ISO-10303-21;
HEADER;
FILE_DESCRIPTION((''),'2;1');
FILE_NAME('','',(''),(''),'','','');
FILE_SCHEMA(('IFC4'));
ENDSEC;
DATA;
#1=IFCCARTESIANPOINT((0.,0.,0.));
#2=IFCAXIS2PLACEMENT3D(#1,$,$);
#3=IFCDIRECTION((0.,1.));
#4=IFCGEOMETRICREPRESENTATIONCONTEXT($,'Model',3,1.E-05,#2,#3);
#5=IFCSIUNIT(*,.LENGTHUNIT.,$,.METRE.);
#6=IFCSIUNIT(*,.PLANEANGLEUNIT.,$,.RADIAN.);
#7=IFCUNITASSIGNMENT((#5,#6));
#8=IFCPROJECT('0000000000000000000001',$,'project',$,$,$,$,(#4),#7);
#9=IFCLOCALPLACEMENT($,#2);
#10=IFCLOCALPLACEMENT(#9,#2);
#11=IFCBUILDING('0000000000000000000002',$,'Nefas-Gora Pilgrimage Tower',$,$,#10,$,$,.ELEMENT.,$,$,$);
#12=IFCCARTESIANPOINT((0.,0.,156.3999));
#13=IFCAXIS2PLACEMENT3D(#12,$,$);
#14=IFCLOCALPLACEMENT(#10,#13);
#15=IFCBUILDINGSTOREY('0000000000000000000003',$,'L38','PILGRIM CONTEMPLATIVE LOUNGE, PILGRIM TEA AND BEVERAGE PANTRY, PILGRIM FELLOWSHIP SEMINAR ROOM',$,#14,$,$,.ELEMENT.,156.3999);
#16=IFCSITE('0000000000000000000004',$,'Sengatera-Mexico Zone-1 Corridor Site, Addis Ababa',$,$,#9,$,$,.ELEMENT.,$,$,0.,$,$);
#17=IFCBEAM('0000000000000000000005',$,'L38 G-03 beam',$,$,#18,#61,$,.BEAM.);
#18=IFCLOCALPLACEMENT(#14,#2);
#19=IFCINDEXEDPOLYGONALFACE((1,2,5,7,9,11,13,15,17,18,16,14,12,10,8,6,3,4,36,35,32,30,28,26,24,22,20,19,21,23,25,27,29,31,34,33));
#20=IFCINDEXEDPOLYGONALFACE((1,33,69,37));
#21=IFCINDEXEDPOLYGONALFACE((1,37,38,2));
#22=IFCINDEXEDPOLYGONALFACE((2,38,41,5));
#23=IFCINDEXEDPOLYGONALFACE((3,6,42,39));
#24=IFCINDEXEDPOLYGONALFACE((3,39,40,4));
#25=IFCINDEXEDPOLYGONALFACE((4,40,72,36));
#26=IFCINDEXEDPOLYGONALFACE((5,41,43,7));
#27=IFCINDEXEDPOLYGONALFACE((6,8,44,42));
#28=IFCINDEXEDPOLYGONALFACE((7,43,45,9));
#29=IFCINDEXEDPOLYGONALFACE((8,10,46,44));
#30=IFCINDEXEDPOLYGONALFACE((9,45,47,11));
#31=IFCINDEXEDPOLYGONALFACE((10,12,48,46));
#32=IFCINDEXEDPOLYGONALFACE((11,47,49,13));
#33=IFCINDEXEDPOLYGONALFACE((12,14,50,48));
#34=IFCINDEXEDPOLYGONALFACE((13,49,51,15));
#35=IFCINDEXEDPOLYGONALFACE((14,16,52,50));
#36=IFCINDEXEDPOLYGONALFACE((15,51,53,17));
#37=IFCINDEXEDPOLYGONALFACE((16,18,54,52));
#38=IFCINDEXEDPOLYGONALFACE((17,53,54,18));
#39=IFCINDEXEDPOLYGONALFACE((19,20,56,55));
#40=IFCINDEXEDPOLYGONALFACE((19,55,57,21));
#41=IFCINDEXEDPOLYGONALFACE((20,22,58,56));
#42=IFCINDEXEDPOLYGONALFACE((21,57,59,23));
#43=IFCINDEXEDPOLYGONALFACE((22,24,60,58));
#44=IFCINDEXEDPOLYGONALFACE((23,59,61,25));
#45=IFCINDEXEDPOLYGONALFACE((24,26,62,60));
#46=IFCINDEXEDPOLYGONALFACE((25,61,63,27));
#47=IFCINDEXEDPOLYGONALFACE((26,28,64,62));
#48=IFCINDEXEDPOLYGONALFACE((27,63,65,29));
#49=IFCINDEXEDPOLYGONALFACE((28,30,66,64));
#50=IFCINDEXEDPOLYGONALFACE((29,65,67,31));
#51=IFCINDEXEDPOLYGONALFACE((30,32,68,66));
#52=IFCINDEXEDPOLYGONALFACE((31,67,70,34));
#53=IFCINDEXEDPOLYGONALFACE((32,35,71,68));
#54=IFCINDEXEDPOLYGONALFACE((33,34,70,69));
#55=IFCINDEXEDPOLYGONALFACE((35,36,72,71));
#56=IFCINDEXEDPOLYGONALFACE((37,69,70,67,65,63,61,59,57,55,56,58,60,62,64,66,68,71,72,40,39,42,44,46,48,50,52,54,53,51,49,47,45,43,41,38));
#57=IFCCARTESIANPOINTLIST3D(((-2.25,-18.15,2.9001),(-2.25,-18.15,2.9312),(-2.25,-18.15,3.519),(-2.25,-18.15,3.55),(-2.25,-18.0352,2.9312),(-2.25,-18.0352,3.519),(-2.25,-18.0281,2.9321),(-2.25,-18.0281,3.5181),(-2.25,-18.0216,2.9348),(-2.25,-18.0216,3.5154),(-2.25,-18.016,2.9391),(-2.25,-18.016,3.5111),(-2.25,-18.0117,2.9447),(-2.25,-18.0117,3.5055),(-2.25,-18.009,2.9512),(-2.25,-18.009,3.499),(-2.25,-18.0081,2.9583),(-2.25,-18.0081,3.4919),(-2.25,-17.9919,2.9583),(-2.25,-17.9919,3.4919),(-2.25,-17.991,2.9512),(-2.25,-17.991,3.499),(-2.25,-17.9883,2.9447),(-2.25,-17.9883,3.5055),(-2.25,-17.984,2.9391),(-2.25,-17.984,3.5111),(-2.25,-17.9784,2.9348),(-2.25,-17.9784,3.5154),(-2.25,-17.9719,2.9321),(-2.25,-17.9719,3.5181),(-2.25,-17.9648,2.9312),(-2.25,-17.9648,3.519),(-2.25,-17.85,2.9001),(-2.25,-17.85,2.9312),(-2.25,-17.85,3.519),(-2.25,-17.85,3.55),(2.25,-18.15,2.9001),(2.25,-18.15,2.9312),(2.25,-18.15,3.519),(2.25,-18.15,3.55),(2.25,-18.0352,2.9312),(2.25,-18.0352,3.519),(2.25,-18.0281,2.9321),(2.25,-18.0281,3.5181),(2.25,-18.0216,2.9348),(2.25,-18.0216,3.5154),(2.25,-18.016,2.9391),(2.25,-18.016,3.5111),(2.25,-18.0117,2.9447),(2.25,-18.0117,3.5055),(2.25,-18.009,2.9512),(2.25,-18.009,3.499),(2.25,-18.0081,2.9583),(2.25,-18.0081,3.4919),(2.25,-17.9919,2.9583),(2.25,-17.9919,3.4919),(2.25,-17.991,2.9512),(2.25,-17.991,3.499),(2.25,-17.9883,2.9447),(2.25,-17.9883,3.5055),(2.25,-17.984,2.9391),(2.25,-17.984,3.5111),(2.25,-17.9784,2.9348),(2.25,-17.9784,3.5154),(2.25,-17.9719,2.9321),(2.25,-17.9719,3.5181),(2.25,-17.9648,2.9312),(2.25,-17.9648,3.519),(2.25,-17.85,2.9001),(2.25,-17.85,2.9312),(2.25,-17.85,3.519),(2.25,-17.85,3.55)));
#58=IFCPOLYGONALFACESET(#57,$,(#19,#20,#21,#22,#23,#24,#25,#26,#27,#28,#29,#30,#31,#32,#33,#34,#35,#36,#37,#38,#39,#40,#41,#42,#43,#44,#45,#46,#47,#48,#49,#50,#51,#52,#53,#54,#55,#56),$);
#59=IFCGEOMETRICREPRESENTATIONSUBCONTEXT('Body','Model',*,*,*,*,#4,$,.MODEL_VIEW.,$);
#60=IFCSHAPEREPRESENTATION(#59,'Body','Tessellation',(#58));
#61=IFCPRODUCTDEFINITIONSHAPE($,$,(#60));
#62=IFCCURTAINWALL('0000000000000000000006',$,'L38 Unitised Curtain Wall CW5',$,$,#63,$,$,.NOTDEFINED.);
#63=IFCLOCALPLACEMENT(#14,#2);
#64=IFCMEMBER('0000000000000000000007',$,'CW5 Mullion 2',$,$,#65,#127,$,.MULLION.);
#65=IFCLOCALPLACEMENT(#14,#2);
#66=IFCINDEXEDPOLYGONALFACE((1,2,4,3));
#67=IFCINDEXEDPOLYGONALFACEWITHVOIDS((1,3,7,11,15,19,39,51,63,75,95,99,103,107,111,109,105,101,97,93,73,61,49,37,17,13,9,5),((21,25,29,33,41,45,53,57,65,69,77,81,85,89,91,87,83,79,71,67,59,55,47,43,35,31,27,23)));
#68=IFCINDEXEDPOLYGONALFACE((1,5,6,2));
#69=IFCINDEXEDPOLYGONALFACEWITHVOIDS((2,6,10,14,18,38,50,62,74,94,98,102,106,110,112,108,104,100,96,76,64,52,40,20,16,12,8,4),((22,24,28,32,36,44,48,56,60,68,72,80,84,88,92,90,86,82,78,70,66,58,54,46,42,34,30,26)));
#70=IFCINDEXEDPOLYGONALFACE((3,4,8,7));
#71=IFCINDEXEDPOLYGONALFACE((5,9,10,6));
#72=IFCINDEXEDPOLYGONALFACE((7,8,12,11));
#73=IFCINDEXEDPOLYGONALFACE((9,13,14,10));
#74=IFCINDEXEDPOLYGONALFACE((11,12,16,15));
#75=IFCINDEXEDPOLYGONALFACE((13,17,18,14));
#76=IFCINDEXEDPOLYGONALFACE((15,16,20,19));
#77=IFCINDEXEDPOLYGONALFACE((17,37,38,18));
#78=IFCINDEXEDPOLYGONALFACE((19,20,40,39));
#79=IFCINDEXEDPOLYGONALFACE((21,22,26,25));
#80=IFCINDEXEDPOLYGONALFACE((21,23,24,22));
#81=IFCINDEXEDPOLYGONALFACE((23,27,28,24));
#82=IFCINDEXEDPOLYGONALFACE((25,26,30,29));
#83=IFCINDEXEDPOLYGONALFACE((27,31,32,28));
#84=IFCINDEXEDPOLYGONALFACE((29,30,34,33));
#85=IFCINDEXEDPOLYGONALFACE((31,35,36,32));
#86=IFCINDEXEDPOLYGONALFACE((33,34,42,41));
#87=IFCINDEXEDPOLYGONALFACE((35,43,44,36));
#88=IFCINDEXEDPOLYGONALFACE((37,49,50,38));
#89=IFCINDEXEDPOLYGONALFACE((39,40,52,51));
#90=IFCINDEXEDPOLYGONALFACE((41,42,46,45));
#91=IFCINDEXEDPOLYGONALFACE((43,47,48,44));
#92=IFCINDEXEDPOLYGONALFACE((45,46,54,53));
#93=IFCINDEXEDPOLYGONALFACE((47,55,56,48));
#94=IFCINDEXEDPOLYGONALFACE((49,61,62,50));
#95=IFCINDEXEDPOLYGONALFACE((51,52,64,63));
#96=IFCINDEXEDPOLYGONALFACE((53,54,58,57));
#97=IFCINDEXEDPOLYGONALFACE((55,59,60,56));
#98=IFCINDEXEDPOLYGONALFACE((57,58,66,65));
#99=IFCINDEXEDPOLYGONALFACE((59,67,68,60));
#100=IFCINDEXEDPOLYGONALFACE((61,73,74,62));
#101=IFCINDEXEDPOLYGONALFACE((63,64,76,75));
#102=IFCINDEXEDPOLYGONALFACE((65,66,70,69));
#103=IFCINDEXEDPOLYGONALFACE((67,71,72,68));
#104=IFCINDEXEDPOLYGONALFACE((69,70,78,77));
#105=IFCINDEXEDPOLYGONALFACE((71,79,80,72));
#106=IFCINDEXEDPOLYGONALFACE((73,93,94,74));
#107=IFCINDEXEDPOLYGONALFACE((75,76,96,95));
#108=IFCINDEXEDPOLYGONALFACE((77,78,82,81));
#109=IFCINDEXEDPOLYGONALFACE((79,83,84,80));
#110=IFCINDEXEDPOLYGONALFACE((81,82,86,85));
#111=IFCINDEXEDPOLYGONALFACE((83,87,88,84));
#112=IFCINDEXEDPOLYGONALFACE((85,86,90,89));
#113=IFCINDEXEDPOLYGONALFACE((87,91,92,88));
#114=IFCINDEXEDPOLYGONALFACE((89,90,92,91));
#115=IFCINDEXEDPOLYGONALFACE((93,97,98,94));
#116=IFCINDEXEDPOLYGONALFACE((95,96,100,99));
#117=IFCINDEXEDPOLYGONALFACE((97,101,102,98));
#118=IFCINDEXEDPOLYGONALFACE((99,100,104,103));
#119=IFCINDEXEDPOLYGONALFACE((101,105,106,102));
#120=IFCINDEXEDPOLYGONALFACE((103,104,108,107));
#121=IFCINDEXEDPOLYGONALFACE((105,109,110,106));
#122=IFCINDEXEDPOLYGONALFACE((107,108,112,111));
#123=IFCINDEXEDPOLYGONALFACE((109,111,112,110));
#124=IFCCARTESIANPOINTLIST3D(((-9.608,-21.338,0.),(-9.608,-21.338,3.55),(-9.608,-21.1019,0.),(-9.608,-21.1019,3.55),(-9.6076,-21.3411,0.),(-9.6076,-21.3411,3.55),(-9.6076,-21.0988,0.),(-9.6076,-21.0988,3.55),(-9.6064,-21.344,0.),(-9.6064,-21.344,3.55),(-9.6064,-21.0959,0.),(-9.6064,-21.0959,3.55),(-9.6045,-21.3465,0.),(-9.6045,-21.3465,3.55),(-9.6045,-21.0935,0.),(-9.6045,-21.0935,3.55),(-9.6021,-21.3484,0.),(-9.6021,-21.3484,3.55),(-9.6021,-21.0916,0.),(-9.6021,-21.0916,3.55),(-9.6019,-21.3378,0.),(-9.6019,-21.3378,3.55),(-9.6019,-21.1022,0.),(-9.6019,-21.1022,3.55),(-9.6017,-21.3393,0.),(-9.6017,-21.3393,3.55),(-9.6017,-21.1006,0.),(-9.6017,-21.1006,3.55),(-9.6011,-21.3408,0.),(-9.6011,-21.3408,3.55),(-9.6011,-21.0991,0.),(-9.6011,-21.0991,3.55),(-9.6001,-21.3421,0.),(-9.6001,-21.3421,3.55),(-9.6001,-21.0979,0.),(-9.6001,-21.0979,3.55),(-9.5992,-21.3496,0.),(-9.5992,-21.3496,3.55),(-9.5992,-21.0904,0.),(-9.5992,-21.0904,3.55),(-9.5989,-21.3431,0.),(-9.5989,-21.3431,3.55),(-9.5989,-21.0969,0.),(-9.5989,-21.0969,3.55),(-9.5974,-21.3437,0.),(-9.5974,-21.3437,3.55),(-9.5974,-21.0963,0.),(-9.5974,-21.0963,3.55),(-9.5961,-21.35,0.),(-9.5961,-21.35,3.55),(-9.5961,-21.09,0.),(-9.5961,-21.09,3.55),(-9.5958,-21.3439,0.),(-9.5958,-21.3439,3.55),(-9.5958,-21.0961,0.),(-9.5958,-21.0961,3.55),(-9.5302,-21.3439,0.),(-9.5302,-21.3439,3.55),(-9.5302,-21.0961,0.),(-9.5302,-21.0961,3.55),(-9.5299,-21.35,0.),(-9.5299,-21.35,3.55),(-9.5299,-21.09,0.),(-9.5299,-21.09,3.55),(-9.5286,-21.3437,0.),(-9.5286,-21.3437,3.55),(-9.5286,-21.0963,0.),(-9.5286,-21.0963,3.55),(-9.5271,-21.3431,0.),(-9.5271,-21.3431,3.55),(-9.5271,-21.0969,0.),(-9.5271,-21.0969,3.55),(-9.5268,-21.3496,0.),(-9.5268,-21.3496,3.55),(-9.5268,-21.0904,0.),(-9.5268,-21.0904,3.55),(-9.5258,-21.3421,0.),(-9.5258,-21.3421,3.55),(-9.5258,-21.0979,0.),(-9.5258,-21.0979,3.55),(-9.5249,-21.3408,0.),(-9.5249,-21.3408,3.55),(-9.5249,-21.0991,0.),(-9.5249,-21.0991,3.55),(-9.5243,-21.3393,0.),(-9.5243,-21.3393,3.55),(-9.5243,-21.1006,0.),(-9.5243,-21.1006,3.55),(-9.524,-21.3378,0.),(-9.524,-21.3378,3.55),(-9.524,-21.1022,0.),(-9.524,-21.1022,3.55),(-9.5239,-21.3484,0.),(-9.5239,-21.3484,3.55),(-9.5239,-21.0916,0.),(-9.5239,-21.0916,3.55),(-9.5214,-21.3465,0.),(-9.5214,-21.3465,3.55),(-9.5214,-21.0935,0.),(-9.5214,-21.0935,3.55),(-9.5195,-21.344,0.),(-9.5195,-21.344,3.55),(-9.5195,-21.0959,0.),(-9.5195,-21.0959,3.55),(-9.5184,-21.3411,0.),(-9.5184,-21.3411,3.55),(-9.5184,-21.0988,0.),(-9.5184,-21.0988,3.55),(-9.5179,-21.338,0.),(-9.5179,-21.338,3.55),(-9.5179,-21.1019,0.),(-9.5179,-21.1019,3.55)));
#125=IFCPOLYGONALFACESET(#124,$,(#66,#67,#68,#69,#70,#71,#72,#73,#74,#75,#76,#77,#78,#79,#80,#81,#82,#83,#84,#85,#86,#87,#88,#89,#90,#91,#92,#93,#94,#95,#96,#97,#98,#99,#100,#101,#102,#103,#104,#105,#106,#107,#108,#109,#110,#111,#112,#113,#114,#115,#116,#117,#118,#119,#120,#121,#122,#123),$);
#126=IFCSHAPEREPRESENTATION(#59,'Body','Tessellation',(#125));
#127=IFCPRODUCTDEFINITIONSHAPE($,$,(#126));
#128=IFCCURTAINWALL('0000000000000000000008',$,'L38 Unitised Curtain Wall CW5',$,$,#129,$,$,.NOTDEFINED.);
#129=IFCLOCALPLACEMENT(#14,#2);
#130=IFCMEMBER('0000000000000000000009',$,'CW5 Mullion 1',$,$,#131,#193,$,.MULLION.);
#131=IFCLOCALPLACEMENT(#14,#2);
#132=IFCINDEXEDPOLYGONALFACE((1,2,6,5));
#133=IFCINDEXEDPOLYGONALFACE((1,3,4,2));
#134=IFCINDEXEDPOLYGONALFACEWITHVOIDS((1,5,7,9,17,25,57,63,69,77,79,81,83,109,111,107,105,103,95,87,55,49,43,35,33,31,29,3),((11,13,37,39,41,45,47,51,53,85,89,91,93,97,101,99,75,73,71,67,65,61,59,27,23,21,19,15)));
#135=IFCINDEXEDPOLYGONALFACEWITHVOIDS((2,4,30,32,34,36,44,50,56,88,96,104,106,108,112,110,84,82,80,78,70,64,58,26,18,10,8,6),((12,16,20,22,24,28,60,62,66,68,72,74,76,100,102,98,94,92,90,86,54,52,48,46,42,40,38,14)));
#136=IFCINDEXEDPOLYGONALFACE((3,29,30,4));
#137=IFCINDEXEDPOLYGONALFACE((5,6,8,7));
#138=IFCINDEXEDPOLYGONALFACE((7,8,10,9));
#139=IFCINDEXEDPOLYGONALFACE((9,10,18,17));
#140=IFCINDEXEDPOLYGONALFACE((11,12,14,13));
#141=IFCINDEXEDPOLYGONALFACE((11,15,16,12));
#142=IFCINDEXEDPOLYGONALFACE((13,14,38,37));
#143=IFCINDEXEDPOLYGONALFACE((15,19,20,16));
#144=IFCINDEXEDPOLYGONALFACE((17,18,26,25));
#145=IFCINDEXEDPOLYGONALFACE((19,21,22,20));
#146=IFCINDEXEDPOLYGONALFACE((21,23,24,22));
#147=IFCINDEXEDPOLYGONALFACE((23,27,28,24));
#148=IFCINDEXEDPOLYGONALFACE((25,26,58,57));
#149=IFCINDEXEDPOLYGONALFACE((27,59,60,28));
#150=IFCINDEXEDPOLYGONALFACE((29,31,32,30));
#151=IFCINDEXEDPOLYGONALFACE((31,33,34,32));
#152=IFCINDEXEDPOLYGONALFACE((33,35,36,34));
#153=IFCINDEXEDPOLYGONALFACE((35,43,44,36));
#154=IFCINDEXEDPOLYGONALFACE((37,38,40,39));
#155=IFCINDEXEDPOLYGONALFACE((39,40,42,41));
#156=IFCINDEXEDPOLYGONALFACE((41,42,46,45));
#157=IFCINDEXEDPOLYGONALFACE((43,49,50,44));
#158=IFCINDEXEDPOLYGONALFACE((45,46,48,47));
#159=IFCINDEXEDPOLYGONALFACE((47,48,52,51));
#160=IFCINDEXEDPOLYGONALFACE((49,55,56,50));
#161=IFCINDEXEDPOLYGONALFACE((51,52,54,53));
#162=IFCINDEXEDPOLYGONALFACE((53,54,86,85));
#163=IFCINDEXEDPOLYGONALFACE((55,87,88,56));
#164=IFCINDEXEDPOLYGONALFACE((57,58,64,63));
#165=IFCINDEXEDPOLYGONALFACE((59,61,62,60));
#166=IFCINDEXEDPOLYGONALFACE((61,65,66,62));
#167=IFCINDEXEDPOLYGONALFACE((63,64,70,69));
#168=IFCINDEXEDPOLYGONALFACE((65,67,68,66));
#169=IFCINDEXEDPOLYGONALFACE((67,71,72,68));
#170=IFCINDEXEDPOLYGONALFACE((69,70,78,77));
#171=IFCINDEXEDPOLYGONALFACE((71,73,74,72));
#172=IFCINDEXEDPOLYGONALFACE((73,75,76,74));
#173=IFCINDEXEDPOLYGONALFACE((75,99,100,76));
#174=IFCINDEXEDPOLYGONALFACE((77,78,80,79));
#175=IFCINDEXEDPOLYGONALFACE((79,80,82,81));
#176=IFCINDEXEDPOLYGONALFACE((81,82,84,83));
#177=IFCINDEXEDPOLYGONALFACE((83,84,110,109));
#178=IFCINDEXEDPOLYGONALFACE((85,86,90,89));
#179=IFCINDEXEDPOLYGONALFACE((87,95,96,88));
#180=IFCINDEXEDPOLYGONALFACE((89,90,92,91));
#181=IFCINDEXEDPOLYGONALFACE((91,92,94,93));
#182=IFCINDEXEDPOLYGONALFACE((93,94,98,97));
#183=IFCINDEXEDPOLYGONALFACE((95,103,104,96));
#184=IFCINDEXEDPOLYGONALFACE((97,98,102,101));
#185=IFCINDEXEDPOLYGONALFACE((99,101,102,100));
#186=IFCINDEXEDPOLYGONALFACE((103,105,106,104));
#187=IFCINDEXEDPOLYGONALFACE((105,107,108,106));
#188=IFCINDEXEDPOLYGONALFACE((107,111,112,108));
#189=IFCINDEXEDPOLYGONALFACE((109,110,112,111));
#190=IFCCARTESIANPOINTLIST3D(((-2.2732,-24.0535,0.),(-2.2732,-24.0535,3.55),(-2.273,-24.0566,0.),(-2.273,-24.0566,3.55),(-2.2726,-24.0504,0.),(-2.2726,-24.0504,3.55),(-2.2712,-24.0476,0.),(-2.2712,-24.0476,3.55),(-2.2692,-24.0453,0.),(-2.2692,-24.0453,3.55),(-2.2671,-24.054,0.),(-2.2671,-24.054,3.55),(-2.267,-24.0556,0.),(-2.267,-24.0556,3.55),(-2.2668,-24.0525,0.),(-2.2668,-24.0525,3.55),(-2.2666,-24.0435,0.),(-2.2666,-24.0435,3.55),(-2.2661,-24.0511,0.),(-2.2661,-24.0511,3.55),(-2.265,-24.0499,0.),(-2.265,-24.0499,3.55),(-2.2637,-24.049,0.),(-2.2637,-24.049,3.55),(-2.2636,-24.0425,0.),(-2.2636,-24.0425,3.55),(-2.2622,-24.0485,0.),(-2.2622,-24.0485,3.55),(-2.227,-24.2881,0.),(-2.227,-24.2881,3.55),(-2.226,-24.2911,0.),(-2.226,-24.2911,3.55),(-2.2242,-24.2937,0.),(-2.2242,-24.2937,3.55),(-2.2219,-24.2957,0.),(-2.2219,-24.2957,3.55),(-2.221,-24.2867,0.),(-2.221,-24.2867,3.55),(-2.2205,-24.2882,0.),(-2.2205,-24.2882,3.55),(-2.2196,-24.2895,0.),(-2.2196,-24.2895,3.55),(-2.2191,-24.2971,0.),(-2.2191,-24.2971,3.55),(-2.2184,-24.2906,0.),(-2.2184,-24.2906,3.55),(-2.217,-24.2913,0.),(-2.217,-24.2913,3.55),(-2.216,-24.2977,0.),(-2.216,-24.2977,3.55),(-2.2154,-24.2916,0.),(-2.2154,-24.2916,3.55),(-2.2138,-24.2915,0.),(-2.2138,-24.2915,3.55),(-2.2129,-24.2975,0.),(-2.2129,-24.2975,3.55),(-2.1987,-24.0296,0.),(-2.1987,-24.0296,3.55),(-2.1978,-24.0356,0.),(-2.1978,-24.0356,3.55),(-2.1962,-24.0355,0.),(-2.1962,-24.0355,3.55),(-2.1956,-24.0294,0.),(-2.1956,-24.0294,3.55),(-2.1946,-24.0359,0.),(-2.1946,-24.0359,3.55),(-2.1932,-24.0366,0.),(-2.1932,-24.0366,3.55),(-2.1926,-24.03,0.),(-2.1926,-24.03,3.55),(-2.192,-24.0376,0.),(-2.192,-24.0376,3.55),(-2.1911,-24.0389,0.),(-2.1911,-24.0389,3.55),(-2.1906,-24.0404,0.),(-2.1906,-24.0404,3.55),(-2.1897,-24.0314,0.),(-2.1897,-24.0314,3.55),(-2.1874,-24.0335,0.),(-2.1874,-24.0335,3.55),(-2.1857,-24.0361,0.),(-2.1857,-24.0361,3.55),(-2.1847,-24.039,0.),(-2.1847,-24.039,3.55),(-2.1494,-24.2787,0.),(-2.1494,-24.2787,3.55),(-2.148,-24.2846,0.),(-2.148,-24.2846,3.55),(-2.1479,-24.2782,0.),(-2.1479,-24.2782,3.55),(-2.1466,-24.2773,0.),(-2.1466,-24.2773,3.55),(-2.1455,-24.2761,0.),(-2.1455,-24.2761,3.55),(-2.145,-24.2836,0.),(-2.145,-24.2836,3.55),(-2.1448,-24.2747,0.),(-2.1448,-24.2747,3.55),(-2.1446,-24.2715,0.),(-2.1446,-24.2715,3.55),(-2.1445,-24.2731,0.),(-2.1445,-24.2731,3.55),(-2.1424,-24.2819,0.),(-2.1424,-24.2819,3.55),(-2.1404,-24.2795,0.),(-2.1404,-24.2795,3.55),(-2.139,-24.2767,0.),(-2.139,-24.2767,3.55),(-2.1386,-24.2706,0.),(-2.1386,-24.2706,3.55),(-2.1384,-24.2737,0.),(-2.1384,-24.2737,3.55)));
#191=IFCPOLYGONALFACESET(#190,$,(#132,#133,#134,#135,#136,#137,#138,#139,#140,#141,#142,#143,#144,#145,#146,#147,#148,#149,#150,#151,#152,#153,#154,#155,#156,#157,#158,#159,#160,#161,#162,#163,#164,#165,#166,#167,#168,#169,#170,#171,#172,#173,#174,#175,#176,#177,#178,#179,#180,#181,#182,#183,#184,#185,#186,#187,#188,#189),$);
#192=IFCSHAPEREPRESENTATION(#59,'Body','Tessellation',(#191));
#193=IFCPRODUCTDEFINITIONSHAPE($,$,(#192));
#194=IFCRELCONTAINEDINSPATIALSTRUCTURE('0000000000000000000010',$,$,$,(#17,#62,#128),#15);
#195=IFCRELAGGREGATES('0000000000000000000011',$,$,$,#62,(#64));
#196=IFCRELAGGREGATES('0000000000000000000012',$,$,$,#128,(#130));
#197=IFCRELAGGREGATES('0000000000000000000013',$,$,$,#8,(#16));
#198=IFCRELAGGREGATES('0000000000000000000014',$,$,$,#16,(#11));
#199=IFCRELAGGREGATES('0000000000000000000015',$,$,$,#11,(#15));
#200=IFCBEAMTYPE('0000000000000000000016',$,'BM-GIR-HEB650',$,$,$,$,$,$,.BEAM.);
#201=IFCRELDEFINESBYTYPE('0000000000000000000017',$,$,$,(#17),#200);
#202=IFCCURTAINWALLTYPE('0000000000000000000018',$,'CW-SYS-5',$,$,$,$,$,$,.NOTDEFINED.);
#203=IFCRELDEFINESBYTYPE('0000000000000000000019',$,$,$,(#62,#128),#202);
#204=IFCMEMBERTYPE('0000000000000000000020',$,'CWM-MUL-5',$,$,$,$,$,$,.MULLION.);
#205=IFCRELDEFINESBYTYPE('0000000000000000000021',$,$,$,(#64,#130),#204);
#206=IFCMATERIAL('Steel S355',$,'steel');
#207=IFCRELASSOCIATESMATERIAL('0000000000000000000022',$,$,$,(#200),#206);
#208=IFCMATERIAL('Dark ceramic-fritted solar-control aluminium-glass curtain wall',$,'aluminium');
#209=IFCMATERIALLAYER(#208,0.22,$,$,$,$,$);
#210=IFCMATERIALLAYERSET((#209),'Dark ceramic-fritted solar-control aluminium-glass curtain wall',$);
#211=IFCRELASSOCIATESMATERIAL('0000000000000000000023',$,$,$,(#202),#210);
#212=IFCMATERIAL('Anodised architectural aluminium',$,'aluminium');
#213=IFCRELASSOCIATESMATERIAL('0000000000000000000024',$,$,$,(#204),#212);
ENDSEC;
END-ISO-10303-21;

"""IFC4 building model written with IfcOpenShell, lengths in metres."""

from ifc_helpers import new_model, si_unit, direction, frame, origin, origin_2d, place, context, subcontext, project, spatial, hollow_rectangle, i_section, extrude, source, transform, mapped, material, layer, layer_set, material_profile, profile_set, type_object, element, aggregate, save


model = new_model("IFC4")

# Units and contexts
model_context = context("Model", 3, precision=1e-05, world=origin(), true_north=direction((0.0, 1.0)))
body_context = subcontext(model_context, "Body", "Model", "MODEL_VIEW")
ifc_project = project(units=[si_unit("LENGTHUNIT", "METRE"), si_unit("PLANEANGLEUNIT", "RADIAN")], contexts=[model_context])

# Site, building, storey
site_placement = place(None, origin())
site = spatial("IfcSite", under=ifc_project, at=site_placement, Name="Sengatera-Mexico Zone-1 Corridor Site, Addis Ababa", CompositionType="ELEMENT", RefElevation=0.0)
building_placement = place(site_placement, origin())
building = spatial("IfcBuilding", under=site, at=building_placement, Name="Nefas-Gora Pilgrimage Tower", CompositionType="ELEMENT")
storey_placement = place(building_placement, frame((0.0, 0.0, 156.3999)))
storey = spatial("IfcBuildingStorey", under=building, at=storey_placement, Name="L38", Description="PILGRIM CONTEMPLATIVE LOUNGE, PILGRIM TEA AND BEVERAGE PANTRY, PILGRIM FELLOWSHIP SEMINAR ROOM", CompositionType="ELEMENT", Elevation=156.3999)

# Beam
ifc_material_1 = material(Name="Steel S355", Category="steel")
ifc_material_profile_1 = material_profile(ifc_material_1, i_section(OverallWidth=0.3, OverallDepth=0.6499, WebThickness=0.0161, FlangeThickness=0.031, FilletRadius=0.0271, at=origin_2d()), Name="HEB 650")
ifc_profile_set_1 = profile_set([ifc_material_profile_1], Name="Steel S355")
beam_type = type_object("IfcBeamType", Name="BM-GIR-HEB650", PredefinedType="BEAM", material=ifc_profile_set_1)
shared_shape_1 = source(origin(), body_context, "Body", "SweptSolid", [
    extrude(i_section(OverallWidth=0.3, OverallDepth=0.6499, WebThickness=0.0161, FlangeThickness=0.031, FilletRadius=0.0271, at=origin_2d()), origin(), (0.0, 0.0, 1.0), 4.5),
])
for number, where, z_axis, x_axis, name in (
    (1, (-2.25, -18.0, 3.2251), (1.0, 0.0, 0.0), (0.0, 1.0, 0.0), "L38 G-03 beam"),
):
    element("IfcBeam", number, at=place(storey_placement, frame(where, z_axis=z_axis, x_axis=x_axis)), inside=storey, type_object=beam_type, Name=name, PredefinedType="BEAM", context=body_context, shape_type="MappedRepresentation", body=[
        mapped(shared_shape_1, transform((0.0, 0.0, 0.0), x_axis=(1.0, 0.0, 0.0), y_axis=(0.0, 1.0, 0.0), z_axis=(0.0, 0.0, 1.0), scale=1.0)),
    ])

# Curtain wall, member
ifc_material_2 = material(Name="Dark ceramic-fritted solar-control aluminium-glass curtain wall", Category="aluminium")
ifc_layer_1 = layer(ifc_material_2, 0.22)
ifc_layer_set_1 = layer_set([ifc_layer_1], Name="Dark ceramic-fritted solar-control aluminium-glass curtain wall")
curtain_wall_type = type_object("IfcCurtainWallType", Name="CW-SYS-5", PredefinedType="NOTDEFINED", material=ifc_layer_set_1)
curtain_wall_1_placement = place(storey_placement, origin())
curtain_wall_1 = element("IfcCurtainWall", 2, at=curtain_wall_1_placement, inside=storey, type_object=curtain_wall_type, Name="L38 Unitised Curtain Wall CW5", PredefinedType="NOTDEFINED")
ifc_material_3 = material(Name="Anodised architectural aluminium", Category="aluminium")
ifc_material_profile_2 = material_profile(ifc_material_3, hollow_rectangle(XDim=0.0901, YDim=0.26, WallThickness=0.0061, InnerFilletRadius=0.0061, OuterFilletRadius=0.012, at=origin_2d()), Name="ALU MULLION 90x260")
ifc_profile_set_2 = profile_set([ifc_material_profile_2], Name="Anodised architectural aluminium")
member_type_1 = type_object("IfcMemberType", Name="CWM-MUL-5", PredefinedType="MULLION", material=ifc_profile_set_2)
shared_shape_2 = source(origin(), body_context, "Body", "SweptSolid", [
    extrude(hollow_rectangle(XDim=0.0901, YDim=0.26, WallThickness=0.0061, InnerFilletRadius=0.0061, OuterFilletRadius=0.012, at=origin_2d()), origin(), (0.0, 0.0, 1.0), 3.55),
])
member_1_placement = place(storey_placement, frame((-9.563, -21.22, 0.0), z_axis=(0.0, 0.0, 1.0), x_axis=(1.0, 0.0, 0.0)))
member_1 = element("IfcMember", 3, at=member_1_placement, type_object=member_type_1, Name="CW5 Mullion 2", PredefinedType="MULLION", context=body_context, shape_type="MappedRepresentation", body=[
    mapped(shared_shape_2, transform((0.0, 0.0, 0.0), x_axis=(1.0, 0.0, 0.0), y_axis=(0.0, 1.0, 0.0), z_axis=(0.0, 0.0, 1.0), scale=1.0)),
])
aggregate(curtain_wall_1, [member_1])

# Curtain wall, member
curtain_wall_2_placement = place(storey_placement, origin())
curtain_wall_2 = element("IfcCurtainWall", 4, at=curtain_wall_2_placement, inside=storey, type_object=curtain_wall_type, Name="L38 Unitised Curtain Wall CW5", PredefinedType="NOTDEFINED")
member_2_placement = place(storey_placement, frame((-2.2058, -24.1636, 0.0), z_axis=(0.0, 0.0, 1.0), x_axis=(0.980783, 0.195102, 0.0)))
member_2 = element("IfcMember", 5, at=member_2_placement, type_object=member_type_1, Name="CW5 Mullion 1", PredefinedType="MULLION", context=body_context, shape_type="MappedRepresentation", body=[
    mapped(shared_shape_2, transform((0.0, 0.0, 0.0), x_axis=(1.0, 0.0, 0.0), y_axis=(0.0, 1.0, 0.0), z_axis=(0.0, 0.0, 1.0), scale=1.0)),
])
aggregate(curtain_wall_2, [member_2])

save(model, "model.ifc")
